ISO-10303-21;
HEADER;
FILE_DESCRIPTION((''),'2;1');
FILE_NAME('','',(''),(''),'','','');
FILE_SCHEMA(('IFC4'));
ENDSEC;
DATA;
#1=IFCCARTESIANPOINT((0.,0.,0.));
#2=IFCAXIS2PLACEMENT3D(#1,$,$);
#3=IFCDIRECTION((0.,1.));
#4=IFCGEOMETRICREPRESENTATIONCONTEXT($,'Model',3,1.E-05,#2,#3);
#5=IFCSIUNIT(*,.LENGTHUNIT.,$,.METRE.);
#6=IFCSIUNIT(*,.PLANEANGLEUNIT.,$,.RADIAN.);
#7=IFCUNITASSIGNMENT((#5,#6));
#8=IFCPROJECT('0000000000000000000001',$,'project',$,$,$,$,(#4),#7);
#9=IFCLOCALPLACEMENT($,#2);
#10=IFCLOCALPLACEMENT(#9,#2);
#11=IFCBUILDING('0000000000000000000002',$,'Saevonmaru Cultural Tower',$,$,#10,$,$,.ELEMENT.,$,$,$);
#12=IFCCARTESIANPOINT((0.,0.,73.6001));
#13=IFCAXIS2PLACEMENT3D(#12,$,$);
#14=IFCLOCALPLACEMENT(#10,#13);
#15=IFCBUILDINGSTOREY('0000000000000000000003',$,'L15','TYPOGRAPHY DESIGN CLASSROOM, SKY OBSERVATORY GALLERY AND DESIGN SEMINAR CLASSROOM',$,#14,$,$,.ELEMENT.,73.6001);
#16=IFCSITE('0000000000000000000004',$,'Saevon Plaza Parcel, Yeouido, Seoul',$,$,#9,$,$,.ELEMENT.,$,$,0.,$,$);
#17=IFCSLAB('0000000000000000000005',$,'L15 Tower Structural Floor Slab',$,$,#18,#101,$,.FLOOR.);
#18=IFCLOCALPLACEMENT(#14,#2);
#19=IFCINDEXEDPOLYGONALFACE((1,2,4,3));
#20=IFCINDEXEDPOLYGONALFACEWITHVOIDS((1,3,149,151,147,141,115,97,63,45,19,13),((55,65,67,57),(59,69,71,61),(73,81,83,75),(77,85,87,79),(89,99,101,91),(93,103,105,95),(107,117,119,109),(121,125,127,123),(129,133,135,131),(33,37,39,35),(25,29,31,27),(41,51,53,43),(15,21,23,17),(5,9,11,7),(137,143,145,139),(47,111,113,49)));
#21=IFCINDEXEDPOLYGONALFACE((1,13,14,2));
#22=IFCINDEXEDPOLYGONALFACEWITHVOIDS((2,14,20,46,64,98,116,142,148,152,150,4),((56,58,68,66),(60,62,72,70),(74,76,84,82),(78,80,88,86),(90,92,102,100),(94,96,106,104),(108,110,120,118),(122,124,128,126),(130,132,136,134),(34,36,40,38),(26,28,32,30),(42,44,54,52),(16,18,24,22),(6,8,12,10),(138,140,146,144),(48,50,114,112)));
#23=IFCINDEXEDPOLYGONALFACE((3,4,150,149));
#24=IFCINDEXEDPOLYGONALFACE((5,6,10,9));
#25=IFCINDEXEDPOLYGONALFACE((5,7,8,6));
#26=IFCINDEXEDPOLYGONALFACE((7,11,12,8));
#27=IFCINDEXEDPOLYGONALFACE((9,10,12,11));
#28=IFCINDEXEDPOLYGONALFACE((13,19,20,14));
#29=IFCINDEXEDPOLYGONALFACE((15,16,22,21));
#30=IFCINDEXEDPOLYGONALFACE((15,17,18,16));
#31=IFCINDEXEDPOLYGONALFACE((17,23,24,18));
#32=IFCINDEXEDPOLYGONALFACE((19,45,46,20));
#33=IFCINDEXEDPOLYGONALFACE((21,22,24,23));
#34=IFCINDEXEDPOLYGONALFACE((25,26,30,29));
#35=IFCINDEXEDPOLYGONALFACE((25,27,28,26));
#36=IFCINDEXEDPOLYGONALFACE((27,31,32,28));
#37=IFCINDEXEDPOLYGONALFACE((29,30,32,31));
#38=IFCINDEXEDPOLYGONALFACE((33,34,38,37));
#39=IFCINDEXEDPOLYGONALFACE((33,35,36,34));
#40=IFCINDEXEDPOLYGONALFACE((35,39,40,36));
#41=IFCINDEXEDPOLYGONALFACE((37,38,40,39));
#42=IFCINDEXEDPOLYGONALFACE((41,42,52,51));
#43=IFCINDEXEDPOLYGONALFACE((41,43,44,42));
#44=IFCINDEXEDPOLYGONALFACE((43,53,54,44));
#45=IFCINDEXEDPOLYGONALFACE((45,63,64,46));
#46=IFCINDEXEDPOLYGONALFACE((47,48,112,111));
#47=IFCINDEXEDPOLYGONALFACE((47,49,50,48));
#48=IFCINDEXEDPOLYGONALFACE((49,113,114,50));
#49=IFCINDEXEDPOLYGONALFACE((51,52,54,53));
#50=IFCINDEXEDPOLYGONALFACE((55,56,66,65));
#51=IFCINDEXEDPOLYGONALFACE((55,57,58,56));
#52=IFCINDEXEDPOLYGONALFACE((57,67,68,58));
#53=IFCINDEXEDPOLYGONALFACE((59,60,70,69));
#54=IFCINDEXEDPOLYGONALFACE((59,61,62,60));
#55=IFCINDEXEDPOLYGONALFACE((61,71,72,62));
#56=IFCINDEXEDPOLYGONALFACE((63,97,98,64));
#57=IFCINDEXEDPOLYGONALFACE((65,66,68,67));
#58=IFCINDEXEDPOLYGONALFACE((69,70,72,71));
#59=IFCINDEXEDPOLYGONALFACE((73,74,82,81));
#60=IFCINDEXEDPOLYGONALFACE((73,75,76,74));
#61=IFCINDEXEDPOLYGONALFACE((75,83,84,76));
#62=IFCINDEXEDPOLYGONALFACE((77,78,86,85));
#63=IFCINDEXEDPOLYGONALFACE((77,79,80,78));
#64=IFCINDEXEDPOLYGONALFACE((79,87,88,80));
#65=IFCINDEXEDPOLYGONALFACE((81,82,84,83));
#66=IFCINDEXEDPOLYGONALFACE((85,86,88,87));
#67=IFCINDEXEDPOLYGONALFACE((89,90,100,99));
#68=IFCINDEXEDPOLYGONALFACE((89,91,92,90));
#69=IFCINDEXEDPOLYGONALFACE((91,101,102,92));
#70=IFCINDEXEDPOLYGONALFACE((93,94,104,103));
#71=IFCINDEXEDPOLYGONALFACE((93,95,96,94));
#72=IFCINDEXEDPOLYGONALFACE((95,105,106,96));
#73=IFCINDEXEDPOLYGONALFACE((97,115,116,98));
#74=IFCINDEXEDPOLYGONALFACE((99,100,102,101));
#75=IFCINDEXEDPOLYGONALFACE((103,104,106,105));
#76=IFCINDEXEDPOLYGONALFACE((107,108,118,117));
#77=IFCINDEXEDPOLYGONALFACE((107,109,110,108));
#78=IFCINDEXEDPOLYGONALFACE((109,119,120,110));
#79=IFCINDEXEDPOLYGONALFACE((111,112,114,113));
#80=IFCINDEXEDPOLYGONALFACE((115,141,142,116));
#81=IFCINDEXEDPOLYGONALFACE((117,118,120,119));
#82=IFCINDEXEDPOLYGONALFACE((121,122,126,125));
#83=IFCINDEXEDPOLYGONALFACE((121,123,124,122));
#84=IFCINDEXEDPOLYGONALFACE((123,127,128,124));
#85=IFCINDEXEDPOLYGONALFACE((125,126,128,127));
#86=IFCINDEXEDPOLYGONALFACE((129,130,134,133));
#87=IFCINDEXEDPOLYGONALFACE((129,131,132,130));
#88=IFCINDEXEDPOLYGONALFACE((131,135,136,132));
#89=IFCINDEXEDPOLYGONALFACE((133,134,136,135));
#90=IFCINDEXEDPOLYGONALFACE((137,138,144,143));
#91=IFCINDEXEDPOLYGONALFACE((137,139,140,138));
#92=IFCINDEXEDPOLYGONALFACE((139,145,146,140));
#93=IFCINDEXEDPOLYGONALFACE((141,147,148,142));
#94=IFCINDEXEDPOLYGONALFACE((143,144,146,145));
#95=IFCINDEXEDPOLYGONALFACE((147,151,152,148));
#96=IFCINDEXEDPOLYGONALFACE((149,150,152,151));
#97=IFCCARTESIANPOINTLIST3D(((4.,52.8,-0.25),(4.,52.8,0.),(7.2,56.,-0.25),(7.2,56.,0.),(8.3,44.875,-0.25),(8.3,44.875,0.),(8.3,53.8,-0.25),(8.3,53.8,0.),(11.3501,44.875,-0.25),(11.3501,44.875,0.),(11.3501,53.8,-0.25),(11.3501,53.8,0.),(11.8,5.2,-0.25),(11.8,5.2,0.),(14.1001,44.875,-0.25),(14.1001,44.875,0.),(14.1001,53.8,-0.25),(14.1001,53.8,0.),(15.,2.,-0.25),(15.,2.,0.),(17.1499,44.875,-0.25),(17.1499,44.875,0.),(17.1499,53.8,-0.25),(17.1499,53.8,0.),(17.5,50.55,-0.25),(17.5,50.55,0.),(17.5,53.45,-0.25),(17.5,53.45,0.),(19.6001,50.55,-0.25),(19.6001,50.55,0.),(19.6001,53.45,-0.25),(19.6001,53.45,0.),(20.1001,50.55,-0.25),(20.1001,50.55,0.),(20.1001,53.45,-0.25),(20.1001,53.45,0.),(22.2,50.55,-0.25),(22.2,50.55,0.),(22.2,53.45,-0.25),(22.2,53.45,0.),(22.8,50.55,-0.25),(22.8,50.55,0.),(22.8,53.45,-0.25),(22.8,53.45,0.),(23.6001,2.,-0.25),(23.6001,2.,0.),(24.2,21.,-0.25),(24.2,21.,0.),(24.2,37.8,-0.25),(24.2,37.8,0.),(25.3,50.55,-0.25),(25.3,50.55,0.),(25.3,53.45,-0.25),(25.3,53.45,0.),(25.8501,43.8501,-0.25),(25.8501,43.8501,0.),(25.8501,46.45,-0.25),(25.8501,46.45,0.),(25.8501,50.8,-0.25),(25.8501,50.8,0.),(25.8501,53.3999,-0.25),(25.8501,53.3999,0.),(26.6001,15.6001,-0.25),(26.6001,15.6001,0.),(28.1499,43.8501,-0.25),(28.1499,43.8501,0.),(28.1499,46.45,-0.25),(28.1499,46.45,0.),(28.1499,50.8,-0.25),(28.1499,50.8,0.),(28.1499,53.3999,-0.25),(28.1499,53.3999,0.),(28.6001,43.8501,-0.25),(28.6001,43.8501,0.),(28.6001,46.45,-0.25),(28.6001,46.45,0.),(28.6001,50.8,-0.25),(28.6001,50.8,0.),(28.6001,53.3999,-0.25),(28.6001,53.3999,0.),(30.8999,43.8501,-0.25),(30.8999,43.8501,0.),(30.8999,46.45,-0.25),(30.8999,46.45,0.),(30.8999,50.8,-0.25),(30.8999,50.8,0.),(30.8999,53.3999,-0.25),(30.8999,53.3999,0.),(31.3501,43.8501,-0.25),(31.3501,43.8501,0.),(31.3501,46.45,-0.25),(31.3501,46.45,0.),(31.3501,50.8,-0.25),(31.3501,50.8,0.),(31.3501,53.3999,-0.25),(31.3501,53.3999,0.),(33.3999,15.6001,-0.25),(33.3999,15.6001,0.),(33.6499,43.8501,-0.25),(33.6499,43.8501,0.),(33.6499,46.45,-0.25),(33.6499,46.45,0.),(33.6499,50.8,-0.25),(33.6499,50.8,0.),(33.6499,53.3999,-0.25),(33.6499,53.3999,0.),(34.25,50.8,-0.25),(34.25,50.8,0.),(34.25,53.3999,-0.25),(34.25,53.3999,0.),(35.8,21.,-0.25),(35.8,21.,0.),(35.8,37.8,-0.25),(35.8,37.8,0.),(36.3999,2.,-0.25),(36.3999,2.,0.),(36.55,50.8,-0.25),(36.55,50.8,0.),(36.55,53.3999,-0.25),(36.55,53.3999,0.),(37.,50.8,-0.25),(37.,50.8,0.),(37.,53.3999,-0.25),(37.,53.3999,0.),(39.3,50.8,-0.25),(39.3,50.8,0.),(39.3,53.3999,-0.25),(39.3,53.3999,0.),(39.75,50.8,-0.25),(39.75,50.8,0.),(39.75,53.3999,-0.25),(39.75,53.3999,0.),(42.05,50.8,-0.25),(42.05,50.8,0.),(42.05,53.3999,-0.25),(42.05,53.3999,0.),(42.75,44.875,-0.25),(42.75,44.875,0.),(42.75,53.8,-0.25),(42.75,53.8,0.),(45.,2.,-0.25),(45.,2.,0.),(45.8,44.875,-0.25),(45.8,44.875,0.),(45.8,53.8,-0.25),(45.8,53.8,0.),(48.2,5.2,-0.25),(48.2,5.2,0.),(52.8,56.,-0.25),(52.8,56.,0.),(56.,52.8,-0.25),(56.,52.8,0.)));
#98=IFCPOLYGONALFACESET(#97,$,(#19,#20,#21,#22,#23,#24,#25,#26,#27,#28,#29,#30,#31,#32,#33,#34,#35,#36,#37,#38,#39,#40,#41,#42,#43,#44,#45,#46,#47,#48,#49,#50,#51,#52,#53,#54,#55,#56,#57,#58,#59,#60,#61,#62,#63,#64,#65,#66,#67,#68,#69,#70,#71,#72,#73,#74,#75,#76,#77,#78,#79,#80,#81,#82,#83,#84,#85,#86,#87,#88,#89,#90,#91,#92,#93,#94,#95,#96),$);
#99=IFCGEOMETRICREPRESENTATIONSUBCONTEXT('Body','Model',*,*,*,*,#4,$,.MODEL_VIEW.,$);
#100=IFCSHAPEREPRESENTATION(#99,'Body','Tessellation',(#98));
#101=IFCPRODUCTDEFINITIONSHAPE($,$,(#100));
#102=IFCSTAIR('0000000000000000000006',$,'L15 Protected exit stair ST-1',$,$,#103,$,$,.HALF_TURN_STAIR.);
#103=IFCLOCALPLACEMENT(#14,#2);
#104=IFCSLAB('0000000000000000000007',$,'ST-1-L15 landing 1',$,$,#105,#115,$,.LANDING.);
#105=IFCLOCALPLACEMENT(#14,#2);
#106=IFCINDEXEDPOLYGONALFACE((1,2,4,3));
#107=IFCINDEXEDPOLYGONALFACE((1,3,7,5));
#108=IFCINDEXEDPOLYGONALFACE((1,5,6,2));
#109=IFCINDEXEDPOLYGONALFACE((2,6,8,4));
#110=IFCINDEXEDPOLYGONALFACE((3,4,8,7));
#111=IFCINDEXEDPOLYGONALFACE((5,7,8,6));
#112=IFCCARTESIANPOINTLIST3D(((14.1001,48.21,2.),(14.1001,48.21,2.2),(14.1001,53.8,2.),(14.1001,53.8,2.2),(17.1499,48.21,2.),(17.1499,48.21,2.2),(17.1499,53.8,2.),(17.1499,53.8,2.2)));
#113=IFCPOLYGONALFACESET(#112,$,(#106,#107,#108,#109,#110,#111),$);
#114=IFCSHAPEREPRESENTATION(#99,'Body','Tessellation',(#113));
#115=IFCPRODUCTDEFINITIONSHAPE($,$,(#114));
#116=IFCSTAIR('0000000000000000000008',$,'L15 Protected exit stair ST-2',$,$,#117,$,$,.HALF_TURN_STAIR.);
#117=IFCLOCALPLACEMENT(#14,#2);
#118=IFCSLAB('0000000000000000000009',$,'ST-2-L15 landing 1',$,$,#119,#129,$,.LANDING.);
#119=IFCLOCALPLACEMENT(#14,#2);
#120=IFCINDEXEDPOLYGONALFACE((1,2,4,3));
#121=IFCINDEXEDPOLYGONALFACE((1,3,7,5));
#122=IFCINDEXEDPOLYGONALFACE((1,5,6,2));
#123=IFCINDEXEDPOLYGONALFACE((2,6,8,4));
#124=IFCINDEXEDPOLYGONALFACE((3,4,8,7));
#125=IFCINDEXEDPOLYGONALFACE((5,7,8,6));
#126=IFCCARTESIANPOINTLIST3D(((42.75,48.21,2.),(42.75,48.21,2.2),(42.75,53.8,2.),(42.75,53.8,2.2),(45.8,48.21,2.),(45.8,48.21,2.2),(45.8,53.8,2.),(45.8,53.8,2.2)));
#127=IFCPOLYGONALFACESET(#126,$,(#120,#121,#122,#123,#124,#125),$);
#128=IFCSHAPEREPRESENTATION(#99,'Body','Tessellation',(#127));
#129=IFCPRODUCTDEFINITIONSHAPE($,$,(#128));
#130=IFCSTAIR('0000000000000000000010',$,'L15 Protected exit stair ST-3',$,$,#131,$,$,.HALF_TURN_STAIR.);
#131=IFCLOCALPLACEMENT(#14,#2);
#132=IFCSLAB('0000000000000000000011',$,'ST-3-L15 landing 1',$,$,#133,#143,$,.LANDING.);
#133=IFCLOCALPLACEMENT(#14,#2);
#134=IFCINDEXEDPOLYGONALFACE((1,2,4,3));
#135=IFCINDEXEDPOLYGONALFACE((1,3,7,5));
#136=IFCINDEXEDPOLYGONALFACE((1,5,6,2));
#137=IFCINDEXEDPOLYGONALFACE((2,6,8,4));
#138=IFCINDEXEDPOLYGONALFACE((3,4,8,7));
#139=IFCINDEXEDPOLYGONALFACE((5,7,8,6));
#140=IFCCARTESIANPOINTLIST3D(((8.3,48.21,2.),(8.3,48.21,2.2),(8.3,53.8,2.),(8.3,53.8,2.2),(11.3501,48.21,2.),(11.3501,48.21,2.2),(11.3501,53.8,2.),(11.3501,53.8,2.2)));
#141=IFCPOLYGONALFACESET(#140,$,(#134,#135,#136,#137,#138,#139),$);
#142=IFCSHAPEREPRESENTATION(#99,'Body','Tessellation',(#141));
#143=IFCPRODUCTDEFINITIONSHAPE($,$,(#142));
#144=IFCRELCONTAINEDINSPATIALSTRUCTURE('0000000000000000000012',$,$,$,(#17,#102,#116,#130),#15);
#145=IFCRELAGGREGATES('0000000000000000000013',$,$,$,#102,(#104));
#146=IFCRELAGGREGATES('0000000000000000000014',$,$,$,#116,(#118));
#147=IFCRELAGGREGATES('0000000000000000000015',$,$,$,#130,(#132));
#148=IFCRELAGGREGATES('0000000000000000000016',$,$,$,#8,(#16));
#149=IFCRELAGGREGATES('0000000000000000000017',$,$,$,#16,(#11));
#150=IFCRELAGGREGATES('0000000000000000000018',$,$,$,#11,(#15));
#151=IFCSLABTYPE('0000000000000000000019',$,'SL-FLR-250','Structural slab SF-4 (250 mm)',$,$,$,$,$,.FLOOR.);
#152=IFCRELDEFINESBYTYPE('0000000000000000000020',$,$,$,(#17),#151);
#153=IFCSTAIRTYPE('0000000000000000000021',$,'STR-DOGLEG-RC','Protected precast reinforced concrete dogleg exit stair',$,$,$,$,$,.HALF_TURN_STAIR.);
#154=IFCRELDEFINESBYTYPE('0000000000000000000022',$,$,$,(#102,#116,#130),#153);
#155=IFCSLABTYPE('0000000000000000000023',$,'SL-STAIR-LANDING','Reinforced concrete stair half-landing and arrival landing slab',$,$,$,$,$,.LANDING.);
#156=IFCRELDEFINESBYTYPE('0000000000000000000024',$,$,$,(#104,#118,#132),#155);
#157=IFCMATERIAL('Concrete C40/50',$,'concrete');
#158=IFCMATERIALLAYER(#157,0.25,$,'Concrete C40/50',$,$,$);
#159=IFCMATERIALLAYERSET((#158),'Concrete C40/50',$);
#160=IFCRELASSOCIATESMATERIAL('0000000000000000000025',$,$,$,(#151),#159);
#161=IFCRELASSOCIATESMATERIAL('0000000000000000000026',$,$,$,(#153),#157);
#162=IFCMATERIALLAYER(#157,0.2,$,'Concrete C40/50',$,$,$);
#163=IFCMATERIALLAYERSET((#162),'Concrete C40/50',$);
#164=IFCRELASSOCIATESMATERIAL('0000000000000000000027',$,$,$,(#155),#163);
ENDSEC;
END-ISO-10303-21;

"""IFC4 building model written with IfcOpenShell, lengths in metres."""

from ifc_helpers import new_model, si_unit, direction, frame, origin, place, context, subcontext, project, spatial, polyline, outline, extrude, material, layer, layer_set, type_object, element, aggregate, save


model = new_model("IFC4")

# Units and contexts
model_context = context("Model", 3, precision=1e-05, world=origin(), true_north=direction((0.0, 1.0)))
body_context = subcontext(model_context, "Body", "Model", "MODEL_VIEW")
ifc_project = project(units=[si_unit("LENGTHUNIT", "METRE"), si_unit("PLANEANGLEUNIT", "RADIAN")], contexts=[model_context])

# Site, building, storey
site_placement = place(None, origin())
site = spatial("IfcSite", under=ifc_project, at=site_placement, Name="Saevon Plaza Parcel, Yeouido, Seoul", CompositionType="ELEMENT", RefElevation=0.0)
building_placement = place(site_placement, origin())
building = spatial("IfcBuilding", under=site, at=building_placement, Name="Saevonmaru Cultural Tower", CompositionType="ELEMENT")
storey_placement = place(building_placement, frame((0.0, 0.0, 73.6001)))
storey = spatial("IfcBuildingStorey", under=building, at=storey_placement, Name="L15", Description="TYPOGRAPHY DESIGN CLASSROOM, SKY OBSERVATORY GALLERY AND DESIGN SEMINAR CLASSROOM", CompositionType="ELEMENT", Elevation=73.6001)

# Slab
ifc_material_1 = material(Name="Concrete C40/50", Category="concrete")
ifc_layer_1 = layer(ifc_material_1, 0.25, Name="Concrete C40/50")
ifc_layer_set_1 = layer_set([ifc_layer_1], Name="Concrete C40/50")
slab_type_1 = type_object("IfcSlabType", Name="SL-FLR-250", Description="Structural slab SF-4 (250 mm)", PredefinedType="FLOOR", material=ifc_layer_set_1)
slab_1_placement = place(storey_placement, frame((0.0, 0.0, -0.25)))
element("IfcSlab", 1, at=slab_1_placement, inside=storey, type_object=slab_type_1, Name="L15 Tower Structural Floor Slab", PredefinedType="FLOOR", context=body_context, shape_type="SweptSolid", body=[
    extrude(outline(polyline([(11.8, 5.2), (15.0, 2.0), (23.6001, 2.0), (26.6001, 15.6001), (33.3999, 15.6001), (36.3999, 2.0), (45.0, 2.0), (48.2, 5.2), (56.0, 52.8), (52.8, 56.0), (7.2, 56.0), (4.0, 52.8), (11.8, 5.2)]), holes=[polyline([(45.8, 44.875), (42.75, 44.875), (42.75, 53.8), (45.8, 53.8), (45.8, 44.875)]), polyline([(39.75, 50.8), (39.75, 53.3999), (42.05, 53.3999), (42.05, 50.8), (39.75, 50.8)]), polyline([(37.0, 50.8), (37.0, 53.3999), (39.3, 53.3999), (39.3, 50.8), (37.0, 50.8)]), polyline([(34.25, 50.8), (34.25, 53.3999), (36.55, 53.3999), (36.55, 50.8), (34.25, 50.8)]), polyline([(24.2, 21.0), (24.2, 37.8), (35.8, 37.8), (35.8, 21.0), (24.2, 21.0)]), polyline([(31.3501, 50.8), (31.3501, 53.3999), (33.6499, 53.3999), (33.6499, 50.8), (31.3501, 50.8)]), polyline([(31.3501, 43.8501), (31.3501, 46.45), (33.6499, 46.45), (33.6499, 43.8501), (31.3501, 43.8501)]), polyline([(28.6001, 43.8501), (28.6001, 46.45), (30.8999, 46.45), (30.8999, 43.8501), (28.6001, 43.8501)]), polyline([(28.6001, 50.8), (28.6001, 53.3999), (30.8999, 53.3999), (30.8999, 50.8), (28.6001, 50.8)]), polyline([(25.8501, 50.8), (25.8501, 53.3999), (28.1499, 53.3999), (28.1499, 50.8), (25.8501, 50.8)]), polyline([(25.8501, 43.8501), (25.8501, 46.45), (28.1499, 46.45), (28.1499, 43.8501), (25.8501, 43.8501)]), polyline([(22.8, 50.55), (22.8, 53.45), (25.3, 53.45), (25.3, 50.55), (22.8, 50.55)]), polyline([(20.1001, 50.55), (20.1001, 53.45), (22.2, 53.45), (22.2, 50.55), (20.1001, 50.55)]), polyline([(17.5, 50.55), (17.5, 53.45), (19.6001, 53.45), (19.6001, 50.55), (17.5, 50.55)]), polyline([(17.1499, 44.875), (14.1001, 44.875), (14.1001, 53.8), (17.1499, 53.8), (17.1499, 44.875)]), polyline([(11.3501, 44.875), (8.3, 44.875), (8.3, 53.8), (11.3501, 53.8), (11.3501, 44.875)])]), origin(), (0.0, 0.0, 1.0), 0.25),
])

# Stairs, slabs
stair_type = type_object("IfcStairType", Name="STR-DOGLEG-RC", Description="Protected precast reinforced concrete dogleg exit stair", PredefinedType="HALF_TURN_STAIR", material=ifc_material_1)
stair_1_placement = place(storey_placement, origin())
stair_1 = element("IfcStair", 2, at=stair_1_placement, inside=storey, type_object=stair_type, Name="L15 Protected exit stair ST-1", PredefinedType="HALF_TURN_STAIR")
ifc_layer_2 = layer(ifc_material_1, 0.2, Name="Concrete C40/50")
ifc_layer_set_2 = layer_set([ifc_layer_2], Name="Concrete C40/50")
slab_type_2 = type_object("IfcSlabType", Name="SL-STAIR-LANDING", Description="Reinforced concrete stair half-landing and arrival landing slab", PredefinedType="LANDING", material=ifc_layer_set_2)
slab_2_placement = place(storey_placement, frame((0.0, 0.0, 2.0)))
slab_2 = element("IfcSlab", 3, at=slab_2_placement, type_object=slab_type_2, Name="ST-1-L15 landing 1", PredefinedType="LANDING", context=body_context, shape_type="SweptSolid", body=[
    extrude(outline(polyline([(17.1499, 48.21), (17.1499, 53.8), (14.1001, 53.8), (14.1001, 48.21), (17.1499, 48.21)])), origin(), (0.0, 0.0, 1.0), 0.2),
])
aggregate(stair_1, [slab_2])
stair_2_placement = place(storey_placement, origin())
stair_2 = element("IfcStair", 4, at=stair_2_placement, inside=storey, type_object=stair_type, Name="L15 Protected exit stair ST-2", PredefinedType="HALF_TURN_STAIR")
slab_3_placement = place(storey_placement, frame((0.0, 0.0, 2.0)))
slab_3 = element("IfcSlab", 5, at=slab_3_placement, type_object=slab_type_2, Name="ST-2-L15 landing 1", PredefinedType="LANDING", context=body_context, shape_type="SweptSolid", body=[
    extrude(outline(polyline([(45.8, 48.21), (45.8, 53.8), (42.75, 53.8), (42.75, 48.21), (45.8, 48.21)])), origin(), (0.0, 0.0, 1.0), 0.2),
])
aggregate(stair_2, [slab_3])
stair_3_placement = place(storey_placement, origin())
stair_3 = element("IfcStair", 6, at=stair_3_placement, inside=storey, type_object=stair_type, Name="L15 Protected exit stair ST-3", PredefinedType="HALF_TURN_STAIR")
slab_4_placement = place(storey_placement, frame((0.0, 0.0, 2.0)))
slab_4 = element("IfcSlab", 7, at=slab_4_placement, type_object=slab_type_2, Name="ST-3-L15 landing 1", PredefinedType="LANDING", context=body_context, shape_type="SweptSolid", body=[
    extrude(outline(polyline([(11.3501, 48.21), (11.3501, 53.8), (8.3, 53.8), (8.3, 48.21), (11.3501, 48.21)])), origin(), (0.0, 0.0, 1.0), 0.2),
])
aggregate(stair_3, [slab_4])

save(model, "model.ifc")
